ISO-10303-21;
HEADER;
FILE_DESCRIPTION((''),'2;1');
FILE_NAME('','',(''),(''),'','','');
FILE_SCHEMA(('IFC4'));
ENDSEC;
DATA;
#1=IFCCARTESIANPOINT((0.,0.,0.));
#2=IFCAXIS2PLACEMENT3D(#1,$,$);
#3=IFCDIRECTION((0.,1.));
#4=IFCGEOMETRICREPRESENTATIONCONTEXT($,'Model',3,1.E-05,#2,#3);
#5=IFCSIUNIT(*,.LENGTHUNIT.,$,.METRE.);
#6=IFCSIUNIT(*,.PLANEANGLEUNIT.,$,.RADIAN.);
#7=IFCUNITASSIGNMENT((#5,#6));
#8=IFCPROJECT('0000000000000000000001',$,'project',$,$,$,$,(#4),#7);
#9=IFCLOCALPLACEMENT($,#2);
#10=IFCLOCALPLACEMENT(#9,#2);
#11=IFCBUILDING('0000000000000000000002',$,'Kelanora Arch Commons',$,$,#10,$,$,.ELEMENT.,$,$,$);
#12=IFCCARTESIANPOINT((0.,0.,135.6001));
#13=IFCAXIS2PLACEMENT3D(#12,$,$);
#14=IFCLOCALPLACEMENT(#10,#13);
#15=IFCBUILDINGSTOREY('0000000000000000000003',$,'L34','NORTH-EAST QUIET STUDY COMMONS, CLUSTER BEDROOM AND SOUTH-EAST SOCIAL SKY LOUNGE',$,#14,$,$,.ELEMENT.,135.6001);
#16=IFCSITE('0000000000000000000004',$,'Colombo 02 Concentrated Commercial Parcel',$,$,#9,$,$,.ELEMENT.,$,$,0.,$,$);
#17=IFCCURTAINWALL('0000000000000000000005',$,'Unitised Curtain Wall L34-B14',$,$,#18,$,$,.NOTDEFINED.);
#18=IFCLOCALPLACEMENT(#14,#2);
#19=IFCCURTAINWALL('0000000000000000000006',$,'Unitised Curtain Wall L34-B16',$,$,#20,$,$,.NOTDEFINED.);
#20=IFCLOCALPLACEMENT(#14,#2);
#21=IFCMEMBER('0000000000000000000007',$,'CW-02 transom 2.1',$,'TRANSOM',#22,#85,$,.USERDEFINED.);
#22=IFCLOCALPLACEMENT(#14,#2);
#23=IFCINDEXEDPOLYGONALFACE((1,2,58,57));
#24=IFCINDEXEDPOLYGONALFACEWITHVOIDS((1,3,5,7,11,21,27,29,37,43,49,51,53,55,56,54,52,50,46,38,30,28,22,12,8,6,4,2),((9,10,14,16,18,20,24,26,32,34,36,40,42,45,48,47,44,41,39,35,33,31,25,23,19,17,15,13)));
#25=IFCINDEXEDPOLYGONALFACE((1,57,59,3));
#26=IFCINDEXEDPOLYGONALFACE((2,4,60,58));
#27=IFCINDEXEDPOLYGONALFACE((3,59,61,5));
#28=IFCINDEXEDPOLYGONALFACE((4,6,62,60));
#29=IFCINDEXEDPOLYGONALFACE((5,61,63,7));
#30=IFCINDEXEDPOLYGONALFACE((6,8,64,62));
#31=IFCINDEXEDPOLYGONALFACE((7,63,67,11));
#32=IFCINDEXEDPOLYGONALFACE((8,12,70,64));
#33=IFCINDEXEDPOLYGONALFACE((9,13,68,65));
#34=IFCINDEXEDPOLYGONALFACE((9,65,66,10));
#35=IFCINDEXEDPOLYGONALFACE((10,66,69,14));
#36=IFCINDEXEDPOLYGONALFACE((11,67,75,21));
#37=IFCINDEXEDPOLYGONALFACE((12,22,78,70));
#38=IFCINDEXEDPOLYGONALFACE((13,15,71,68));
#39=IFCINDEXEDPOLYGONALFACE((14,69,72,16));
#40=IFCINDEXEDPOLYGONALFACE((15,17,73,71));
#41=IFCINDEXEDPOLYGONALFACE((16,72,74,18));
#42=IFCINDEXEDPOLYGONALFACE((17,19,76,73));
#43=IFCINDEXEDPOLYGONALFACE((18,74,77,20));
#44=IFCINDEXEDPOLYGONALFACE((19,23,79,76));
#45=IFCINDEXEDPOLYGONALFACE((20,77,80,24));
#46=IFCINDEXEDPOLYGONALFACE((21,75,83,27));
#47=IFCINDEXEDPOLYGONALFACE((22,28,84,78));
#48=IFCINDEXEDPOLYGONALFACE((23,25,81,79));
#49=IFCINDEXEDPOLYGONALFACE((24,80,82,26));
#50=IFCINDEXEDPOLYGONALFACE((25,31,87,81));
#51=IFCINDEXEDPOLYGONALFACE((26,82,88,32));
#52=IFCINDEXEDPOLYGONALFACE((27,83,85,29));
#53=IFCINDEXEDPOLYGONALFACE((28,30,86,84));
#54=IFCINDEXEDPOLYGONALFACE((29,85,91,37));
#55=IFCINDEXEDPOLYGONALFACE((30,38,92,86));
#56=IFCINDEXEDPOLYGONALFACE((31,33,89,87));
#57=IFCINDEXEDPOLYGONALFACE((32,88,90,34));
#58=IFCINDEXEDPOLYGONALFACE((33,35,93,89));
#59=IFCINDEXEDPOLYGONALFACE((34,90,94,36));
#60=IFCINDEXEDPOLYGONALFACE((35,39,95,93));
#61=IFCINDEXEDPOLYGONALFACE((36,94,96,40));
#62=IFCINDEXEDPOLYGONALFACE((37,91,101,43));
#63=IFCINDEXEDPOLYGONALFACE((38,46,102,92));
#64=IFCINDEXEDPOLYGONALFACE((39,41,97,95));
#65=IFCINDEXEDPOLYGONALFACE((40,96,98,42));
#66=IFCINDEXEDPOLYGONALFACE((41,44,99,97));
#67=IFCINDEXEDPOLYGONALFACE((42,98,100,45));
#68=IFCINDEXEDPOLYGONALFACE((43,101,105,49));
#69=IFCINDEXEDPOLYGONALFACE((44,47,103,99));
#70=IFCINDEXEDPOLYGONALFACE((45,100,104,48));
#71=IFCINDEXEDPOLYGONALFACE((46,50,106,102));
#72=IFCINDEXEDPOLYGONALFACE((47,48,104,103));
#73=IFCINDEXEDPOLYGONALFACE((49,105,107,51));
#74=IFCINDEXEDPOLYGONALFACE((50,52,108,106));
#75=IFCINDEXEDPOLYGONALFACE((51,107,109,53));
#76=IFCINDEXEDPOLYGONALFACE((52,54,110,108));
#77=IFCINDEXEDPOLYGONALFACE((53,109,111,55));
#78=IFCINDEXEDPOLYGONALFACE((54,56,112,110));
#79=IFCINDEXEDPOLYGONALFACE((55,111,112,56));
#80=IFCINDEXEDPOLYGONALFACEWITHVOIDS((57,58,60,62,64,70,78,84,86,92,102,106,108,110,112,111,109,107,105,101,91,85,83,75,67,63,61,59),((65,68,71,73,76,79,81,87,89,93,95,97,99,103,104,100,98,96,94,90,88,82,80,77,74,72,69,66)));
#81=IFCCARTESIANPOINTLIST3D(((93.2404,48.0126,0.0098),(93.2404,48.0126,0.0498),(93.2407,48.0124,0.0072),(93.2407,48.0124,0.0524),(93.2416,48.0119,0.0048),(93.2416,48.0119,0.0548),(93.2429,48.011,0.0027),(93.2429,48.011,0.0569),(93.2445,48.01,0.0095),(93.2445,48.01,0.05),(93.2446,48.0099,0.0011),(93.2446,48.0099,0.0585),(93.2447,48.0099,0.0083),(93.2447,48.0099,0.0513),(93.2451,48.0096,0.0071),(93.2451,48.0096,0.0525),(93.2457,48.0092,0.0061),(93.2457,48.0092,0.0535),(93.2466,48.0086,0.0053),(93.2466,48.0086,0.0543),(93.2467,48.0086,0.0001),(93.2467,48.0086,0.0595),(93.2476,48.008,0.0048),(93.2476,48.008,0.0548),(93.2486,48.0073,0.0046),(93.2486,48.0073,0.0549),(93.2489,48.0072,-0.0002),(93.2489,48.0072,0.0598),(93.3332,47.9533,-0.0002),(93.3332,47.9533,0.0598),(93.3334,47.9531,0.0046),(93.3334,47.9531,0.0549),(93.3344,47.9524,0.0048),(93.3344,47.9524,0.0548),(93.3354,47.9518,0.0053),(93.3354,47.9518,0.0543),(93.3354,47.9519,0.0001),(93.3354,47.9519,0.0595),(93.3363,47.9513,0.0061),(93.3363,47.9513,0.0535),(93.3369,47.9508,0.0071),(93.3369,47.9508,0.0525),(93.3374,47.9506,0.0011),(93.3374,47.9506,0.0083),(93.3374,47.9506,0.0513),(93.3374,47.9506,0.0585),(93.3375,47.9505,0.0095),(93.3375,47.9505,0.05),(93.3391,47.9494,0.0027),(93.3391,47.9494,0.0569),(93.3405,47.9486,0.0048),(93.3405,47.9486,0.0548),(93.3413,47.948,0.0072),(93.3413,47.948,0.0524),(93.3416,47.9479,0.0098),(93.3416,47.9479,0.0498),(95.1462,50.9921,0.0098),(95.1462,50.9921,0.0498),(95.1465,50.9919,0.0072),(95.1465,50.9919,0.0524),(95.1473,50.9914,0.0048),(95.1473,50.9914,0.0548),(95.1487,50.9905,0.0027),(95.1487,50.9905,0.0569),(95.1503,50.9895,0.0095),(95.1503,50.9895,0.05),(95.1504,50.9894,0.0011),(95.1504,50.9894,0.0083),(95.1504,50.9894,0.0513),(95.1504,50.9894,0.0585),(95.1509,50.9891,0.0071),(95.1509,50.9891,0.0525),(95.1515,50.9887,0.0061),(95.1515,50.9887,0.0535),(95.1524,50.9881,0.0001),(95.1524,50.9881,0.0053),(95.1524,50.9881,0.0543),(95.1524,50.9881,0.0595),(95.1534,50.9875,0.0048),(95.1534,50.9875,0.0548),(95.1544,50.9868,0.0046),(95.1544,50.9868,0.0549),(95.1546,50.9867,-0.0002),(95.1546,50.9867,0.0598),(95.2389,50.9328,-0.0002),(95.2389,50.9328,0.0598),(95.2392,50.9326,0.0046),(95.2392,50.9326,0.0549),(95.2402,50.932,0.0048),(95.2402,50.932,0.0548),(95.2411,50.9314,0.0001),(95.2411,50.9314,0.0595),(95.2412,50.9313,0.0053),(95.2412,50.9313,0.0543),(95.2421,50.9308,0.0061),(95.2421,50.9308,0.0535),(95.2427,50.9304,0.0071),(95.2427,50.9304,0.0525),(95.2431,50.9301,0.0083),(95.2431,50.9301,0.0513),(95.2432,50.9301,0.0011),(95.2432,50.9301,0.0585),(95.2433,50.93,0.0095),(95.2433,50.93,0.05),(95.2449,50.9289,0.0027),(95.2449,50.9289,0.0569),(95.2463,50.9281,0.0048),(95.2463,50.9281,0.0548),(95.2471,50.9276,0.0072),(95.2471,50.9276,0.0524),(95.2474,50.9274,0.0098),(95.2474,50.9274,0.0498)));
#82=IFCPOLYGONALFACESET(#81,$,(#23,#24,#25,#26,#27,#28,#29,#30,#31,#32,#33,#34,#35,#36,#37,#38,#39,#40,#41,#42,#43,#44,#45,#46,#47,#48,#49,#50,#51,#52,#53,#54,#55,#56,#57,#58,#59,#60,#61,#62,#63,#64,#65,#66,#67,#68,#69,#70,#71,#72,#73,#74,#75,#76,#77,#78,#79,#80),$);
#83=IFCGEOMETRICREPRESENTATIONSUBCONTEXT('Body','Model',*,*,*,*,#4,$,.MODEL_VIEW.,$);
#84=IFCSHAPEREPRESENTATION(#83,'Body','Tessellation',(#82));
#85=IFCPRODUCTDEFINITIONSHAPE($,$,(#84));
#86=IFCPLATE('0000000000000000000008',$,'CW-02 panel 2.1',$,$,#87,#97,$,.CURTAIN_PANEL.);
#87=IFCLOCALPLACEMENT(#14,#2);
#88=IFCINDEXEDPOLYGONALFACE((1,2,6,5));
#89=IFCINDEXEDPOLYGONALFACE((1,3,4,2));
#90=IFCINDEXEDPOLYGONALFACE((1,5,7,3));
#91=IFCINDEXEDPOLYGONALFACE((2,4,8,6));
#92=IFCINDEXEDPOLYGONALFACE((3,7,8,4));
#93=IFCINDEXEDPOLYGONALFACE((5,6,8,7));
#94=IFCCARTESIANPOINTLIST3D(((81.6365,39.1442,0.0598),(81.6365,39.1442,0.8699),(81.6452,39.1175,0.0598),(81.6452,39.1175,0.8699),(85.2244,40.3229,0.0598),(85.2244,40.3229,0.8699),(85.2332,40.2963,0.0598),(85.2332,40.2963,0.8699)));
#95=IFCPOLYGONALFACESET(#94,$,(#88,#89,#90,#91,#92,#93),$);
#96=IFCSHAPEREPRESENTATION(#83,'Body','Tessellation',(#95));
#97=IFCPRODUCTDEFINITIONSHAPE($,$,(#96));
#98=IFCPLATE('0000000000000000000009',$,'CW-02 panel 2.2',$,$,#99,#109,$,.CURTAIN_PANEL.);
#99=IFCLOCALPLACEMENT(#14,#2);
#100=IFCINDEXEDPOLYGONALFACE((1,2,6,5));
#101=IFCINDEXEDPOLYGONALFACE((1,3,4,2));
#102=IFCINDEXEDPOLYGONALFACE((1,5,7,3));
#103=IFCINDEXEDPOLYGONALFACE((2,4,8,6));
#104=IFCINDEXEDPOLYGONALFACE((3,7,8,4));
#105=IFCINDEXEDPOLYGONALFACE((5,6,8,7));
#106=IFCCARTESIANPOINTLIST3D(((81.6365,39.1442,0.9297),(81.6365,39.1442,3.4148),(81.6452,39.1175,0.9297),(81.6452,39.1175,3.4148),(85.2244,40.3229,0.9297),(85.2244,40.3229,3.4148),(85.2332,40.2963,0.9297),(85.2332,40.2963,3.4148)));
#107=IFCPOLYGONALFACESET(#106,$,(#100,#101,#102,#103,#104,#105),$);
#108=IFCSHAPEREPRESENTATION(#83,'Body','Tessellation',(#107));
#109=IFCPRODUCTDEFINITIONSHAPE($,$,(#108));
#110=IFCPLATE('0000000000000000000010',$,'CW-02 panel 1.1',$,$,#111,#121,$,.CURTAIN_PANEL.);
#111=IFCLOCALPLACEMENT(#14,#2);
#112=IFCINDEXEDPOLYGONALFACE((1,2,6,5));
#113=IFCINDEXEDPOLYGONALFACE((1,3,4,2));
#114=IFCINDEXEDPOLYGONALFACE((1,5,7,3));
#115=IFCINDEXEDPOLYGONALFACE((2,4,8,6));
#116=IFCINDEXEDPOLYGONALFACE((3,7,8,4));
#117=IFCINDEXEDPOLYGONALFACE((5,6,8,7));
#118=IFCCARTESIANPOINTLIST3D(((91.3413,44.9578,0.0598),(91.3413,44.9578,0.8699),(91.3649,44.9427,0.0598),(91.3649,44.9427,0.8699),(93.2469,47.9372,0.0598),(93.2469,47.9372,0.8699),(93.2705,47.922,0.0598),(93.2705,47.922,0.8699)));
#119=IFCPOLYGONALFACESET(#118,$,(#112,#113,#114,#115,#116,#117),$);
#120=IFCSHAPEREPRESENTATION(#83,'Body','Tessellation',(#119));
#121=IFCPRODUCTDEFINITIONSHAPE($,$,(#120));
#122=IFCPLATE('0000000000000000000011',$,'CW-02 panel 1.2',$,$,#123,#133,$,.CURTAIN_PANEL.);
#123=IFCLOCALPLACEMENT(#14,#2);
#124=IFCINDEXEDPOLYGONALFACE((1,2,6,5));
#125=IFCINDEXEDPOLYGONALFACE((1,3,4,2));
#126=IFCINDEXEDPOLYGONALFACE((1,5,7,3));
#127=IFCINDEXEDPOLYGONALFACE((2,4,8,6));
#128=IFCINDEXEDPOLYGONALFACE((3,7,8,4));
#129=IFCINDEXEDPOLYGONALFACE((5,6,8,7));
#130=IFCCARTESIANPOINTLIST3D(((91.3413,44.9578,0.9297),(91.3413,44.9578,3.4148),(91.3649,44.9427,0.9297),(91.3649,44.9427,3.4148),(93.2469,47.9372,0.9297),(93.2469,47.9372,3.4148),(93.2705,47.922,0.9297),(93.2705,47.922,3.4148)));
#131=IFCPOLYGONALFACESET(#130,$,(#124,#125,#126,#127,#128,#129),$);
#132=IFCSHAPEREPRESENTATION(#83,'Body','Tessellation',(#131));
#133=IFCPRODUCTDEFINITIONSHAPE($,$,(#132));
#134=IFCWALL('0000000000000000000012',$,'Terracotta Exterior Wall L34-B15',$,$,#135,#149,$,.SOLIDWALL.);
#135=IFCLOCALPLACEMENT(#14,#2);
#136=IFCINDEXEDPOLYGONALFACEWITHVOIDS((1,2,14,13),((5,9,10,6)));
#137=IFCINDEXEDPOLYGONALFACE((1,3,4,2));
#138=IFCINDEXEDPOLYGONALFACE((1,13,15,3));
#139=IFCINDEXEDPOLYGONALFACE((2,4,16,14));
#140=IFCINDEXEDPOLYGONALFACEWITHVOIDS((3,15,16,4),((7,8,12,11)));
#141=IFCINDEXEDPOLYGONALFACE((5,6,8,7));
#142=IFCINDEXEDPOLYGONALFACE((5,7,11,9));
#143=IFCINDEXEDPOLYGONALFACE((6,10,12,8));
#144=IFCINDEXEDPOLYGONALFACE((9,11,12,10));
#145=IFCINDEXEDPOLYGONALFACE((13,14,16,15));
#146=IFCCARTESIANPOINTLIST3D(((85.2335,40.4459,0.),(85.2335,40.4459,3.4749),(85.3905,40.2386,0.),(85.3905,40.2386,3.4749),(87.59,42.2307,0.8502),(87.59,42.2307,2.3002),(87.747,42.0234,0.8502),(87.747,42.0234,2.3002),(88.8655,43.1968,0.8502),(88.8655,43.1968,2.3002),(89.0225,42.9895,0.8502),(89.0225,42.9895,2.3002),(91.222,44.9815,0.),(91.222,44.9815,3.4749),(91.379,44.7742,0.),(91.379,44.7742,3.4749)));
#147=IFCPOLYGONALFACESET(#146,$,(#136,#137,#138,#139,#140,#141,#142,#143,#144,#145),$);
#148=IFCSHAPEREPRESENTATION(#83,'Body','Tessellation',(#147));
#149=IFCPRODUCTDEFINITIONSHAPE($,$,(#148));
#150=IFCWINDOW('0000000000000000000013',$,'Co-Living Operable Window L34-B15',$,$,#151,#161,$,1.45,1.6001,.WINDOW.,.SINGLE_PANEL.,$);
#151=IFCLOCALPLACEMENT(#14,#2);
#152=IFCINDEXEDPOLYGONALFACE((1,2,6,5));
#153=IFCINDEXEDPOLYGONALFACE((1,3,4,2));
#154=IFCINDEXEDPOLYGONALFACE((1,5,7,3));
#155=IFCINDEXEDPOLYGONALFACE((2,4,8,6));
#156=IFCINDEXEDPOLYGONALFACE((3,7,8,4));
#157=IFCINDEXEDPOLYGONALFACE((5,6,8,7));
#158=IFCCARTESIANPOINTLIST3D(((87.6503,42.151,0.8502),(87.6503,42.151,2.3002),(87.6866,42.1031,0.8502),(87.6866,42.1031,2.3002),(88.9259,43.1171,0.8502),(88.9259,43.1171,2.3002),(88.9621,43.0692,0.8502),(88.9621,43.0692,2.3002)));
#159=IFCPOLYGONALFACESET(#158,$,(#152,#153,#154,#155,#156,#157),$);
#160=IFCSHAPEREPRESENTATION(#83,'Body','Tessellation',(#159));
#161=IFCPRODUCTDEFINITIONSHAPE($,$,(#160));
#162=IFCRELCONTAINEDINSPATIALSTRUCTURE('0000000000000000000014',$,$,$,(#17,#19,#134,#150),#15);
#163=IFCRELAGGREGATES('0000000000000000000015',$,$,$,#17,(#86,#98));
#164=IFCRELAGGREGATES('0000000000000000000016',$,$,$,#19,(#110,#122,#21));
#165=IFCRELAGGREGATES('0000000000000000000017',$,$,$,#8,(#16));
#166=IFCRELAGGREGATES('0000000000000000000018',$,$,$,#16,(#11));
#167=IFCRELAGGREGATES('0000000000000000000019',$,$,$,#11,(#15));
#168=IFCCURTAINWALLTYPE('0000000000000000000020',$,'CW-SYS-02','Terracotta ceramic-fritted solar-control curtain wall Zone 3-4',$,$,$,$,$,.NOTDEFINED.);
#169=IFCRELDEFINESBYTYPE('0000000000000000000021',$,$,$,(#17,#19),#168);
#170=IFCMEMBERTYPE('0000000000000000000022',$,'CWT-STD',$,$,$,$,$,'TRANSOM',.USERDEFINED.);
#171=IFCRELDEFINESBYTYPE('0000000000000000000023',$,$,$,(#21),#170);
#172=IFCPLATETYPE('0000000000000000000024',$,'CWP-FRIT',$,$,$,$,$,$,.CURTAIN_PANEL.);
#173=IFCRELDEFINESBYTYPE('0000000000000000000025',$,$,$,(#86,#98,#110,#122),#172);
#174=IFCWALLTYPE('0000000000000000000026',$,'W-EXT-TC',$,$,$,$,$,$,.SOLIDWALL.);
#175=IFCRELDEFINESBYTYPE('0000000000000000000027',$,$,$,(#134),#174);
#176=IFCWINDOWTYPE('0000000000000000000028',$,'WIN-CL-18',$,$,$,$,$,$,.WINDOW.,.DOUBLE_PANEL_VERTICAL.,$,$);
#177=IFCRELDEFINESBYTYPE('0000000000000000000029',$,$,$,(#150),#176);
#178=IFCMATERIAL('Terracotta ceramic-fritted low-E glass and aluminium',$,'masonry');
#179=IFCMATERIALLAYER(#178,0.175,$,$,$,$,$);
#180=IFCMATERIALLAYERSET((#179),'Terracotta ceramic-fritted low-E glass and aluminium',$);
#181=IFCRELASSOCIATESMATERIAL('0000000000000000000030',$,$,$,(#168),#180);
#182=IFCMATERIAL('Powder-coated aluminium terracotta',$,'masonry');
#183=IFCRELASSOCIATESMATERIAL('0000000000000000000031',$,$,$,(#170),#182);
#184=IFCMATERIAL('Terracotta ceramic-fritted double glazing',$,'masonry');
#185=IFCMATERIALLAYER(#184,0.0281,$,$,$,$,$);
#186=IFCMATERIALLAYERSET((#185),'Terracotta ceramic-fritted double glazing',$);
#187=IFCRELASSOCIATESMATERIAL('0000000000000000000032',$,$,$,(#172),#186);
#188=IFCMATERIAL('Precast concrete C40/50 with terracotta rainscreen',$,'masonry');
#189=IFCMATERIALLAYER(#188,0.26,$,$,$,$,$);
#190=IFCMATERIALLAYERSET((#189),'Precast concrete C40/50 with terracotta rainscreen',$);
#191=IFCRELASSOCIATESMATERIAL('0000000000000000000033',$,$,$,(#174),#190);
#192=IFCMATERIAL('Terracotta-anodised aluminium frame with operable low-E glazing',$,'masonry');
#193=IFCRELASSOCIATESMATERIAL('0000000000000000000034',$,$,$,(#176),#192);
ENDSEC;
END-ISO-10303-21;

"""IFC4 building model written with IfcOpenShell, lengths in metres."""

from ifc_helpers import new_model, si_unit, direction, frame, frame_2d, origin, origin_2d, place, context, subcontext, project, spatial, rectangle, hollow_rectangle, extrude, source, transform, mapped, material, layer, layer_set, material_profile, profile_set, type_object, element, fill, aggregate, save


model = new_model("IFC4")

# Units and contexts
model_context = context("Model", 3, precision=1e-05, world=origin(), true_north=direction((0.0, 1.0)))
body_context = subcontext(model_context, "Body", "Model", "MODEL_VIEW")
ifc_project = project(units=[si_unit("LENGTHUNIT", "METRE"), si_unit("PLANEANGLEUNIT", "RADIAN")], contexts=[model_context])

# Site, building, storey
site_placement = place(None, origin())
site = spatial("IfcSite", under=ifc_project, at=site_placement, Name="Colombo 02 Concentrated Commercial Parcel", CompositionType="ELEMENT", RefElevation=0.0)
building_placement = place(site_placement, origin())
building = spatial("IfcBuilding", under=site, at=building_placement, Name="Kelanora Arch Commons", CompositionType="ELEMENT")
storey_placement = place(building_placement, frame((0.0, 0.0, 135.6001)))
storey = spatial("IfcBuildingStorey", under=building, at=storey_placement, Name="L34", Description="NORTH-EAST QUIET STUDY COMMONS, CLUSTER BEDROOM AND SOUTH-EAST SOCIAL SKY LOUNGE", CompositionType="ELEMENT", Elevation=135.6001)

# Curtain wall
ifc_material_1 = material(Name="Terracotta ceramic-fritted low-E glass and aluminium", Category="masonry")
ifc_layer_1 = layer(ifc_material_1, 0.175)
ifc_layer_set_1 = layer_set([ifc_layer_1], Name="Terracotta ceramic-fritted low-E glass and aluminium")
curtain_wall_type = type_object("IfcCurtainWallType", Name="CW-SYS-02", Description="Terracotta ceramic-fritted solar-control curtain wall Zone 3-4", PredefinedType="NOTDEFINED", material=ifc_layer_set_1)
curtain_wall_1_placement = place(storey_placement, origin())
curtain_wall_1 = element("IfcCurtainWall", 1, at=curtain_wall_1_placement, inside=storey, type_object=curtain_wall_type, Name="Unitised Curtain Wall L34-B14", PredefinedType="NOTDEFINED")
ifc_material_2 = material(Name="Powder-coated aluminium terracotta", Category="masonry")

# Curtain wall, member
curtain_wall_2_placement = place(storey_placement, origin())
curtain_wall_2 = element("IfcCurtainWall", 2, at=curtain_wall_2_placement, inside=storey, type_object=curtain_wall_type, Name="Unitised Curtain Wall L34-B16", PredefinedType="NOTDEFINED")
ifc_material_profile_1 = material_profile(ifc_material_2, hollow_rectangle(XDim=0.1201, YDim=0.0601, WallThickness=0.0049, InnerFilletRadius=0.0049, OuterFilletRadius=0.01, at=origin_2d()), Name="CWT120x60")
ifc_profile_set_1 = profile_set([ifc_material_profile_1], Name="Powder-coated aluminium terracotta")
member_type_1 = type_object("IfcMemberType", Name="CWT-STD", ElementType="TRANSOM", PredefinedType="USERDEFINED", material=ifc_profile_set_1)
member_1_placement = place(storey_placement, frame((93.291, 47.9802, 0.0298), z_axis=(0.53883, 0.842414, 0.0), x_axis=(-0.842414, 0.53883, 0.0)))
member_1 = element("IfcMember", 3, at=member_1_placement, type_object=member_type_1, Name="CW-02 transom 2.1", ObjectType="TRANSOM", PredefinedType="USERDEFINED", context=body_context, shape_type="SweptSolid", body=[
    extrude(hollow_rectangle(XDim=0.1201, YDim=0.0601, WallThickness=0.0049, InnerFilletRadius=0.0049, OuterFilletRadius=0.01, at=origin_2d()), origin(), (0.0, 0.0, 1.0), 3.5369),
])

# Plates
ifc_material_3 = material(Name="Terracotta ceramic-fritted double glazing", Category="masonry")
ifc_layer_2 = layer(ifc_material_3, 0.0281)
ifc_layer_set_2 = layer_set([ifc_layer_2], Name="Terracotta ceramic-fritted double glazing")
plate_type = type_object("IfcPlateType", Name="CWP-FRIT", PredefinedType="CURTAIN_PANEL", material=ifc_layer_set_2)
shared_shape_1 = source(origin(), body_context, "Body", "SweptSolid", [
    extrude(rectangle(XDim=3.7766, YDim=0.0281, at=origin_2d()), origin(), (0.0, 0.0, 1.0), 0.8101),
])
plate_1_placement = place(storey_placement, frame((83.4348, 39.7202, 0.0598), z_axis=(0.0, 0.0, 1.0), x_axis=(0.95004, 0.312128, 0.0)))
plate_1 = element("IfcPlate", 4, at=plate_1_placement, type_object=plate_type, Name="CW-02 panel 2.1", PredefinedType="CURTAIN_PANEL", context=body_context, shape_type="MappedRepresentation", body=[
    mapped(shared_shape_1, transform((0.0, 0.0, 0.0), scale=1.0)),
])
shared_shape_2 = source(origin(), body_context, "Body", "SweptSolid", [
    extrude(rectangle(XDim=3.7766, YDim=0.0281, at=origin_2d()), origin(), (0.0, 0.0, 1.0), 2.4851),
])
plate_2_placement = place(storey_placement, frame((83.4348, 39.7202, 0.9297), z_axis=(0.0, 0.0, 1.0), x_axis=(0.95004, 0.312128, 0.0)))
plate_2 = element("IfcPlate", 5, at=plate_2_placement, type_object=plate_type, Name="CW-02 panel 2.2", PredefinedType="CURTAIN_PANEL", context=body_context, shape_type="MappedRepresentation", body=[
    mapped(shared_shape_2, transform((0.0, 0.0, 0.0), scale=1.0)),
])
aggregate(curtain_wall_1, [plate_1, plate_2])
shared_shape_3 = source(origin(), body_context, "Body", "SweptSolid", [
    extrude(rectangle(XDim=3.5366, YDim=0.0281, at=origin_2d()), origin(), (0.0, 0.0, 1.0), 0.8101),
])
plate_3_placement = place(storey_placement, frame((92.3059, 46.4399, 0.0598), z_axis=(0.0, 0.0, 1.0), x_axis=(0.538817, 0.842423, 0.0)))
plate_3 = element("IfcPlate", 6, at=plate_3_placement, type_object=plate_type, Name="CW-02 panel 1.1", PredefinedType="CURTAIN_PANEL", context=body_context, shape_type="MappedRepresentation", body=[
    mapped(shared_shape_3, transform((0.0, 0.0, 0.0), scale=1.0)),
])
shared_shape_4 = source(origin(), body_context, "Body", "SweptSolid", [
    extrude(rectangle(XDim=3.5366, YDim=0.0281, at=origin_2d()), origin(), (0.0, 0.0, 1.0), 2.4851),
])
plate_4_placement = place(storey_placement, frame((92.3059, 46.4399, 0.9297), z_axis=(0.0, 0.0, 1.0), x_axis=(0.538817, 0.842423, 0.0)))
plate_4 = element("IfcPlate", 7, at=plate_4_placement, type_object=plate_type, Name="CW-02 panel 1.2", PredefinedType="CURTAIN_PANEL", context=body_context, shape_type="MappedRepresentation", body=[
    mapped(shared_shape_4, transform((0.0, 0.0, 0.0), scale=1.0)),
])
aggregate(curtain_wall_2, [plate_3, plate_4, member_1])

# Wall, opening, window
ifc_material_4 = material(Name="Precast concrete C40/50 with terracotta rainscreen", Category="masonry")
ifc_layer_3 = layer(ifc_material_4, 0.26)
ifc_layer_set_3 = layer_set([ifc_layer_3], Name="Precast concrete C40/50 with terracotta rainscreen")
wall_type = type_object("IfcWallType", Name="W-EXT-TC", PredefinedType="SOLIDWALL", material=ifc_layer_set_3)
wall_placement = place(storey_placement, frame((85.312, 40.3423, 0.0), z_axis=(0.0, 0.0, 1.0), x_axis=(0.797164, 0.603763, 0.0)))
wall = element("IfcWall", 8, at=wall_placement, inside=storey, type_object=wall_type, Name="Terracotta Exterior Wall L34-B15", PredefinedType="SOLIDWALL", context=body_context, shape_type="SweptSolid", body=[
    extrude(rectangle(XDim=7.5122, YDim=0.26, at=frame_2d((3.7561, 0.0))), origin(), (0.0, 0.0, 1.0), 3.4749),
])
opening_placement = place(wall_placement, frame((2.9561, 0.0, 0.8501)))
opening = element("IfcOpeningElement", 9, at=opening_placement, cuts=wall, PredefinedType="OPENING", context=body_context, shape_type="SweptSolid", body=[
    extrude(rectangle(XDim=1.6001, YDim=1.45, at=frame_2d((0.8, 0.7251))), frame((0.0, 0.1401, 0.0), z_axis=(0.0, -1.0, 0.0), x_axis=(1.0, 0.0, 0.0)), (0.0, 0.0, 1.0), 0.28),
])
ifc_material_5 = material(Name="Terracotta-anodised aluminium frame with operable low-E glazing", Category="masonry")
window_type = type_object("IfcWindowType", Name="WIN-CL-18", PartitioningType="DOUBLE_PANEL_VERTICAL", PredefinedType="WINDOW", material=ifc_material_5)
window_placement = place(opening_placement, origin())
window = element("IfcWindow", 10, at=window_placement, inside=storey, type_object=window_type, Name="Co-Living Operable Window L34-B15", OverallHeight=1.45, OverallWidth=1.6001, PartitioningType="SINGLE_PANEL", PredefinedType="WINDOW", context=body_context, shape_type="SweptSolid", body=[
    extrude(rectangle(XDim=1.6001, YDim=1.45, at=frame_2d((0.8, 0.7251))), frame((0.0, 0.03, 0.0), z_axis=(0.0, -1.0, 0.0), x_axis=(1.0, 0.0, 0.0)), (0.0, 0.0, 1.0), 0.0601),
])
fill(opening, window)

save(model, "model.ifc")
